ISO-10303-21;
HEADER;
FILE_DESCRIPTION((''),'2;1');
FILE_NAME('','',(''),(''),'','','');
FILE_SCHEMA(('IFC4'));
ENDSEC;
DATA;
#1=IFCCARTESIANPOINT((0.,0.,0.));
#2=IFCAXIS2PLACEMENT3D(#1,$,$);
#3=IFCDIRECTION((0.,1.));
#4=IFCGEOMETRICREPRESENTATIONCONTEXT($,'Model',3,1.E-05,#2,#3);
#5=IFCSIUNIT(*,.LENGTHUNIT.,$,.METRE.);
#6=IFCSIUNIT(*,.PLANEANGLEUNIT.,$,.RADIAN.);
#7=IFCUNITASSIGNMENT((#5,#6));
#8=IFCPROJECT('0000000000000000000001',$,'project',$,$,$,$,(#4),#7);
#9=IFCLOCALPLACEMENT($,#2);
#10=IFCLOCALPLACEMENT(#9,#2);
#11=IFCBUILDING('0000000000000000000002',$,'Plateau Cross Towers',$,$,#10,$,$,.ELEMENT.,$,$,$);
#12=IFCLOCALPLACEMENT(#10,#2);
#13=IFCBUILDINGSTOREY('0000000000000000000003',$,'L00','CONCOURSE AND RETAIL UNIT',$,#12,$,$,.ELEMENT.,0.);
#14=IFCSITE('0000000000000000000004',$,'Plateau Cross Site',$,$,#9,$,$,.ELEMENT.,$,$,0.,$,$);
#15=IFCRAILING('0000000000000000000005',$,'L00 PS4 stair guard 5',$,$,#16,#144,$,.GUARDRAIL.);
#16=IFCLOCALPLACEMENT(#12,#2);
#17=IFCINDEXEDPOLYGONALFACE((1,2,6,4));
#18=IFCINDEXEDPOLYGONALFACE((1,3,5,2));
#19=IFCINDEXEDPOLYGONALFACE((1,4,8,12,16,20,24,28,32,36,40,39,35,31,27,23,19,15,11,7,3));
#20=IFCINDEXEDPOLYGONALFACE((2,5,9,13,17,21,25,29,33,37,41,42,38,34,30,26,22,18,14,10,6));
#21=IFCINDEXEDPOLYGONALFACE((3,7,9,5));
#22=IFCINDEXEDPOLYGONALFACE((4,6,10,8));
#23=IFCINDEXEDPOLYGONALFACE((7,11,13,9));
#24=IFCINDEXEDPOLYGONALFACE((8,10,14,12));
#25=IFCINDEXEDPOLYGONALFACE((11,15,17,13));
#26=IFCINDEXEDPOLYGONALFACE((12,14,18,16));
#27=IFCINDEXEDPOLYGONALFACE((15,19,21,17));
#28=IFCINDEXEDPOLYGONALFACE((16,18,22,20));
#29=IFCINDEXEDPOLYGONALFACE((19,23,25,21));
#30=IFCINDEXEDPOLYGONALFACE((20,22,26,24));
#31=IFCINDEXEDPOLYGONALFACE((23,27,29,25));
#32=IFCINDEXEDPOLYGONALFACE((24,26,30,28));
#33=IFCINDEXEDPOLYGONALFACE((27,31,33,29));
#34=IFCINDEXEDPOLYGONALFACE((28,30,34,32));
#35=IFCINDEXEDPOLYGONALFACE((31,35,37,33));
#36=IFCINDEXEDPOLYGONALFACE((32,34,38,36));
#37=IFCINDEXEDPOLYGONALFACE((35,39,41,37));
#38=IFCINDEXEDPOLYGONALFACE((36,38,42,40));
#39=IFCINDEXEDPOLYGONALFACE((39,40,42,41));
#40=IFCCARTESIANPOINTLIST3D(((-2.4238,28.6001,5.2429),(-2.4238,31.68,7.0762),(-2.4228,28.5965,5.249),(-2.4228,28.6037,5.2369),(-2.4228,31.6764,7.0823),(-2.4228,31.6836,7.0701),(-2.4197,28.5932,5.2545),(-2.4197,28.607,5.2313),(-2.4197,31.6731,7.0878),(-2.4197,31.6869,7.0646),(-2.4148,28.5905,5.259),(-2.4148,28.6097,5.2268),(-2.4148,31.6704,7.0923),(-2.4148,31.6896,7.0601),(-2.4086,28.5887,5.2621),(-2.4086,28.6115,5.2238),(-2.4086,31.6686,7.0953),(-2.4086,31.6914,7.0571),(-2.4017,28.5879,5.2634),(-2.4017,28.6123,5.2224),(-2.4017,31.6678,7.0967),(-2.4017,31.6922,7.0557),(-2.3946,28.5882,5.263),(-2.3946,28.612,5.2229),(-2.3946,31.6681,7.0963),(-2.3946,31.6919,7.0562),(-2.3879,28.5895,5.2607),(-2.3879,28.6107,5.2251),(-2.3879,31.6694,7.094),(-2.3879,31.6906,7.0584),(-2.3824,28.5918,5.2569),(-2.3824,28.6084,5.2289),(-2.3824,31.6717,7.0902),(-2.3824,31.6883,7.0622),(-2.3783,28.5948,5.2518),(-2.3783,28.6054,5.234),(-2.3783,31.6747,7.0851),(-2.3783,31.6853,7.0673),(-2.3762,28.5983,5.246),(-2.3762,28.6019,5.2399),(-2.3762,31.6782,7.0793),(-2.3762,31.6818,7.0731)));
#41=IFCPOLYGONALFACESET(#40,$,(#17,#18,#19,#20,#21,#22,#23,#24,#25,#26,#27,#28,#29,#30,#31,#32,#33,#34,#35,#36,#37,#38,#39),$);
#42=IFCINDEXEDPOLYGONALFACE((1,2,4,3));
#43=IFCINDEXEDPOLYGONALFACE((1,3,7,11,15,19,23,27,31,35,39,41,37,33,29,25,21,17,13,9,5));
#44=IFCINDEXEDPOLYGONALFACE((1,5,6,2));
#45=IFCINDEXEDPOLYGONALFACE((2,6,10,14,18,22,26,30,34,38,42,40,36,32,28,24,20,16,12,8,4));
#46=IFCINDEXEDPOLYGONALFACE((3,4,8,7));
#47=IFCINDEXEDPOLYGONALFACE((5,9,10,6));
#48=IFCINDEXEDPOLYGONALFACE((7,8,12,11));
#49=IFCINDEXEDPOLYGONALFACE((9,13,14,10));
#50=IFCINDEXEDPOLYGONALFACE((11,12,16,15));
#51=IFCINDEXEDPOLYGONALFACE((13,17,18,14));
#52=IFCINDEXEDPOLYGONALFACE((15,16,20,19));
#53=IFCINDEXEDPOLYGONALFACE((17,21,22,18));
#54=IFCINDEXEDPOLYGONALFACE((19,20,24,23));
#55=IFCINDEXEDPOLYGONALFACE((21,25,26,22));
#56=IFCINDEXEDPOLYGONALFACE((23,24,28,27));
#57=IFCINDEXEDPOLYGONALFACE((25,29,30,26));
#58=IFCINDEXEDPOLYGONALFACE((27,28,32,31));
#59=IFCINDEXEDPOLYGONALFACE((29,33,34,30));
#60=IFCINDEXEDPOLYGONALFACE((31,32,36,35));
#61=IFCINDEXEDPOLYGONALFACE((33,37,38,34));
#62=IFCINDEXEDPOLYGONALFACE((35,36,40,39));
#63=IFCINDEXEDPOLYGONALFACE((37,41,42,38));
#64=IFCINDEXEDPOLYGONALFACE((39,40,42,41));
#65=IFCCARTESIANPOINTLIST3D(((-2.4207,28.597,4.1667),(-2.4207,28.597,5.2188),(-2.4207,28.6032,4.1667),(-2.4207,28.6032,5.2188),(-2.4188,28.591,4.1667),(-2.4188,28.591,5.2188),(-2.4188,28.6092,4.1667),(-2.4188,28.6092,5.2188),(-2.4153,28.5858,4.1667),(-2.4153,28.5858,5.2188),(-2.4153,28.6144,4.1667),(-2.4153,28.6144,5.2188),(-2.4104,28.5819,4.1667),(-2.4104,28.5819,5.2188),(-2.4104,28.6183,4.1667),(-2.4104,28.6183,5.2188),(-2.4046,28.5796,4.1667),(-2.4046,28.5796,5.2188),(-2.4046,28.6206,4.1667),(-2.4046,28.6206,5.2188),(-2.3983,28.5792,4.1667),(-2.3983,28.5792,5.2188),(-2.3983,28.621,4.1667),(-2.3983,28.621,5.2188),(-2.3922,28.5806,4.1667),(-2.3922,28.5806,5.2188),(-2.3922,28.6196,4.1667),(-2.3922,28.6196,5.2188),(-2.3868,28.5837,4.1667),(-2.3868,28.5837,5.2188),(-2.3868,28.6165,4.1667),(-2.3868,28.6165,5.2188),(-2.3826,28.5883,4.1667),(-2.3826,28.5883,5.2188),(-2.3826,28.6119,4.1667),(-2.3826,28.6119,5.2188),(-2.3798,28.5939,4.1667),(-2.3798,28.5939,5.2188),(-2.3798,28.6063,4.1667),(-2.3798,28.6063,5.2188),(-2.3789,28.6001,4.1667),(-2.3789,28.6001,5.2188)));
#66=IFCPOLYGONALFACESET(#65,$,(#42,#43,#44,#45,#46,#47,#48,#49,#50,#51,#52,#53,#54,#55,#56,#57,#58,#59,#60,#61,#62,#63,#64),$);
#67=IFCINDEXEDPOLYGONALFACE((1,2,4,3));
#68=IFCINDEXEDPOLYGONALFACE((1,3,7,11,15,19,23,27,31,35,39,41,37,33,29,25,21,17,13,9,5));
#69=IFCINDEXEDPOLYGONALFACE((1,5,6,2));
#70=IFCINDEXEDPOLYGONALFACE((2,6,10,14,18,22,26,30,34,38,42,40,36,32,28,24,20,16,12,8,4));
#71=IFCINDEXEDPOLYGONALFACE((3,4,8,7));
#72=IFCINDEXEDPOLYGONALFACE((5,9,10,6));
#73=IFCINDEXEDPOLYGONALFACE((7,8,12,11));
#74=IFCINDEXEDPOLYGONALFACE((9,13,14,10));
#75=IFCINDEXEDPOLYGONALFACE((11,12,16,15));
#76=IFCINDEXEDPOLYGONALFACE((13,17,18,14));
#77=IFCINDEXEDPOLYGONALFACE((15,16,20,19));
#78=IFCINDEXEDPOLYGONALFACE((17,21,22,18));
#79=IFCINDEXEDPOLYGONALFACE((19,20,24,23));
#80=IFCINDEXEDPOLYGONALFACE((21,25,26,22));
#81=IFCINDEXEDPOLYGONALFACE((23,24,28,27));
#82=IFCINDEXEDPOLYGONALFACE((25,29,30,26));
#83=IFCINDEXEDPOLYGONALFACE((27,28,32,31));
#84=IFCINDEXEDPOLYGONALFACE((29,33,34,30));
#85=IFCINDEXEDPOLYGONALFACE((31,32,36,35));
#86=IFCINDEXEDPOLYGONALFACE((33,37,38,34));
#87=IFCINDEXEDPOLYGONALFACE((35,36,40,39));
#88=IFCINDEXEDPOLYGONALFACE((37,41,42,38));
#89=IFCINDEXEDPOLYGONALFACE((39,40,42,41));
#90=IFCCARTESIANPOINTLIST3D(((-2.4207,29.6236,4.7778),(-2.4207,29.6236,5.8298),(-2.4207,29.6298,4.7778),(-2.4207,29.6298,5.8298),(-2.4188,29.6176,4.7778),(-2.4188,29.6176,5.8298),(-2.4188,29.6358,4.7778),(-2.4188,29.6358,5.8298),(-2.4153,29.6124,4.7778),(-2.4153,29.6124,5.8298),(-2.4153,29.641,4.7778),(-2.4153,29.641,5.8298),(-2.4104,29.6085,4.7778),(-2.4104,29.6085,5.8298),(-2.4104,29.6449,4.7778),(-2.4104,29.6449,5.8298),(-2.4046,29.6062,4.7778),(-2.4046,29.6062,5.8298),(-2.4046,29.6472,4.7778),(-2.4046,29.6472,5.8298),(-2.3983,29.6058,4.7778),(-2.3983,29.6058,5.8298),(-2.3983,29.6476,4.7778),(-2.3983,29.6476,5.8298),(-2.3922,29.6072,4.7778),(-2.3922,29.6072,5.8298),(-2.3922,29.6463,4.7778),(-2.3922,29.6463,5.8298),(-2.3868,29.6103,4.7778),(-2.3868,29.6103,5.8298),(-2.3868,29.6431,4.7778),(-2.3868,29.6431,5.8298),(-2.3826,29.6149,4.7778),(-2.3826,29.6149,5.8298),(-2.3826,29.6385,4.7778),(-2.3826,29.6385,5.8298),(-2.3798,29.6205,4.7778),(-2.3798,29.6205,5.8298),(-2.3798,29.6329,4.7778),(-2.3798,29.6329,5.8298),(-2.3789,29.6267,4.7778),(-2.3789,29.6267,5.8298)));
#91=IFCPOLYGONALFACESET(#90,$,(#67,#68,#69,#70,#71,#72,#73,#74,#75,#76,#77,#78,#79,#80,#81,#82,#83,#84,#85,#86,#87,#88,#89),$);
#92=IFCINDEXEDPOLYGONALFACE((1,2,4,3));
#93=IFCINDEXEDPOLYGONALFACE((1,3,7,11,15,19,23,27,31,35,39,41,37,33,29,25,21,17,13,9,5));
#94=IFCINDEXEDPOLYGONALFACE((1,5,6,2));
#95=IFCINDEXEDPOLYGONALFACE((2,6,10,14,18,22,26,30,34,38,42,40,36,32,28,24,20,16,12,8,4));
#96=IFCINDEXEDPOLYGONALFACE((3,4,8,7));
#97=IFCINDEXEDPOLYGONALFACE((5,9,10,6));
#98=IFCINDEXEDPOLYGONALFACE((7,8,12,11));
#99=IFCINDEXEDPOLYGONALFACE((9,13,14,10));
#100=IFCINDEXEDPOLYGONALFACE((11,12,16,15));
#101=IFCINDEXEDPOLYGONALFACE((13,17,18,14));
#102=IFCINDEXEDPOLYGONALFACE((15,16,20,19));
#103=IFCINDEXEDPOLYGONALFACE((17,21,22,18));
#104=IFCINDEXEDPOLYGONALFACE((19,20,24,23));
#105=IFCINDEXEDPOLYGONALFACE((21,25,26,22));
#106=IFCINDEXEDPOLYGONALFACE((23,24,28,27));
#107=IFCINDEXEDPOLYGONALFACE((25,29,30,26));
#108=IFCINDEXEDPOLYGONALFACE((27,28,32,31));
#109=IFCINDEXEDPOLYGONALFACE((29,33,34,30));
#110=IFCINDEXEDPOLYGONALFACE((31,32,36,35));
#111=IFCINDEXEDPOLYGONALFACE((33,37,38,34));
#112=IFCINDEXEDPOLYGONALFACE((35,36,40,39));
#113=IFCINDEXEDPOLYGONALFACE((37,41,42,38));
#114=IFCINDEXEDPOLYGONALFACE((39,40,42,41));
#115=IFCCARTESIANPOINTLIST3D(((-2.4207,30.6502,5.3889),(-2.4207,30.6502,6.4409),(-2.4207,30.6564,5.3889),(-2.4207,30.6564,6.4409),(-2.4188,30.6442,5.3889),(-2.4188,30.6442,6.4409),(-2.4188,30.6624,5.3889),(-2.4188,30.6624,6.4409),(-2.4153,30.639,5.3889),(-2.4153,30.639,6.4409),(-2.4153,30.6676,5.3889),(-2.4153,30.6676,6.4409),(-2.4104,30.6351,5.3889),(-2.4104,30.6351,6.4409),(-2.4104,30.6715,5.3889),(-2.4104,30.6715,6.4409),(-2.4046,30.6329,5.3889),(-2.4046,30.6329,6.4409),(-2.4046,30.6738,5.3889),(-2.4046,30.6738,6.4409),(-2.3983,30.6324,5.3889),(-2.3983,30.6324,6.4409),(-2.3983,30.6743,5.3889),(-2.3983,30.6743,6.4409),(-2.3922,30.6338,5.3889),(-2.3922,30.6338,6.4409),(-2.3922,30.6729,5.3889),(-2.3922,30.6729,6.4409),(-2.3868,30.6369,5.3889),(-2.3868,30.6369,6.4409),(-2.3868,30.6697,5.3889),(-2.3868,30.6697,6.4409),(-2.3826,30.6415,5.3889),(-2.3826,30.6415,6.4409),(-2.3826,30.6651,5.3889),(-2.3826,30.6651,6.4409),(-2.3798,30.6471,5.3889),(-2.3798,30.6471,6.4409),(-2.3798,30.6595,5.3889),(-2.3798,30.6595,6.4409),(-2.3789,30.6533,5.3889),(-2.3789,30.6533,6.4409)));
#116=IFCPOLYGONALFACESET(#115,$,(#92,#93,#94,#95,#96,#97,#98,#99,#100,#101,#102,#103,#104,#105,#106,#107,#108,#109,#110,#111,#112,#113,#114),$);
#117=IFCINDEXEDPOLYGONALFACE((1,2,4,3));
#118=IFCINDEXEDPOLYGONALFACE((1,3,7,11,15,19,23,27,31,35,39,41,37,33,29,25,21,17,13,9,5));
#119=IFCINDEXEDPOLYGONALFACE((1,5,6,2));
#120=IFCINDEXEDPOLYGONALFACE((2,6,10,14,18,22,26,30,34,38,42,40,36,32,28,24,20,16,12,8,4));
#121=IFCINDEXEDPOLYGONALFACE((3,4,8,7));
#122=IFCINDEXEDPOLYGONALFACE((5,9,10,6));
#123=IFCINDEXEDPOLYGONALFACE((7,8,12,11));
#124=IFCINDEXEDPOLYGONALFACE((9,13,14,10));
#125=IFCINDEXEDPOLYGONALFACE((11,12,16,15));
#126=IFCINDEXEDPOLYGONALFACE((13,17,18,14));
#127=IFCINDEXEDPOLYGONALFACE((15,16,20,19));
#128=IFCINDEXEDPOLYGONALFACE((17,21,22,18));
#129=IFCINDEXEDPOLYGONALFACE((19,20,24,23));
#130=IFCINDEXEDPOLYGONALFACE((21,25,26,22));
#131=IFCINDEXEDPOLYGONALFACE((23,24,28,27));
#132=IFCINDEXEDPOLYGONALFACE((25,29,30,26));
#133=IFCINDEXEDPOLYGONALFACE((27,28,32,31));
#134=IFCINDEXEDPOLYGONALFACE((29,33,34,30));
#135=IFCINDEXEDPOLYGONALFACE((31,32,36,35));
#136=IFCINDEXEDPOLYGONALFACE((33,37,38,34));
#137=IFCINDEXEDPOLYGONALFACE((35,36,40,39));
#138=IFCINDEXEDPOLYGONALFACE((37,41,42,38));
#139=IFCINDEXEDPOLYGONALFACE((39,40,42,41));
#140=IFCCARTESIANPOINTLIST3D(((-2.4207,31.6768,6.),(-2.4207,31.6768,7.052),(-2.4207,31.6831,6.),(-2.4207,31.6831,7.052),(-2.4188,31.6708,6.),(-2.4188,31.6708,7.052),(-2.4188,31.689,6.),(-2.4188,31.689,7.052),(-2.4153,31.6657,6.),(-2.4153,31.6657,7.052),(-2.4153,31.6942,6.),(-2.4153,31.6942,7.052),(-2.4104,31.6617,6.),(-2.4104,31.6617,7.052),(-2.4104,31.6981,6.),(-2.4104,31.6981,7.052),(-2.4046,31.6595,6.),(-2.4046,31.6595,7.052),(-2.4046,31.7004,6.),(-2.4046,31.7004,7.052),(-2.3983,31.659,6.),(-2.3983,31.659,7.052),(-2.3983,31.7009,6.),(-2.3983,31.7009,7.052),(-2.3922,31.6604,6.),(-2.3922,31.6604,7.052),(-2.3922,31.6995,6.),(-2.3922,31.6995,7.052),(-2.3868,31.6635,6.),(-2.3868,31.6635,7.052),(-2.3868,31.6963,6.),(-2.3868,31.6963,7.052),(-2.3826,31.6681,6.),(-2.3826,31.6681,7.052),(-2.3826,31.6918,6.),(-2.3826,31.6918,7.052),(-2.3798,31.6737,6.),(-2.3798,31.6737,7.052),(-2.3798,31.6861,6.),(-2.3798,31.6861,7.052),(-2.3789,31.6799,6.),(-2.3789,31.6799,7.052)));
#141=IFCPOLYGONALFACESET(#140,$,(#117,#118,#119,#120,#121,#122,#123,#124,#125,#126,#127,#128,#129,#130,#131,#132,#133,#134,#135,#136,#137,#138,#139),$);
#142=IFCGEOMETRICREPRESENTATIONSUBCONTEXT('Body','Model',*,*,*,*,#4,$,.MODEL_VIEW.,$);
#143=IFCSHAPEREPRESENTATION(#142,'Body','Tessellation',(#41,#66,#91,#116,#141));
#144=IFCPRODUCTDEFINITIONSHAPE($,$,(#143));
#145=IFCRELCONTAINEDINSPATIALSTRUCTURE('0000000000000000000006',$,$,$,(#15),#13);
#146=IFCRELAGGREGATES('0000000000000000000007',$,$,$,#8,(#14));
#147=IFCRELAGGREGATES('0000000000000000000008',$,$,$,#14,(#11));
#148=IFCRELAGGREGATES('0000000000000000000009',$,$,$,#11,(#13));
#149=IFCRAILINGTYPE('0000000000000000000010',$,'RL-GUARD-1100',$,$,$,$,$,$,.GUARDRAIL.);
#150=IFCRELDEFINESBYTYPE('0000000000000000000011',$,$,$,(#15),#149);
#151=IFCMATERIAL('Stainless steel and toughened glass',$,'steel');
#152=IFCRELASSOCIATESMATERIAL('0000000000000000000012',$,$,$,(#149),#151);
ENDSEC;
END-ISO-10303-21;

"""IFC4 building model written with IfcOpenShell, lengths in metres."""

from ifc_helpers import new_model, si_unit, direction, frame, origin, origin_2d, place, context, subcontext, project, spatial, circle, extrude, material, type_object, element, save


model = new_model("IFC4")

# Units and contexts
model_context = context("Model", 3, precision=1e-05, world=origin(), true_north=direction((0.0, 1.0)))
body_context = subcontext(model_context, "Body", "Model", "MODEL_VIEW")
ifc_project = project(units=[si_unit("LENGTHUNIT", "METRE"), si_unit("PLANEANGLEUNIT", "RADIAN")], contexts=[model_context])

# Site, building, storey
site_placement = place(None, origin())
site = spatial("IfcSite", under=ifc_project, at=site_placement, Name="Plateau Cross Site", CompositionType="ELEMENT", RefElevation=0.0)
building_placement = place(site_placement, origin())
building = spatial("IfcBuilding", under=site, at=building_placement, Name="Plateau Cross Towers", CompositionType="ELEMENT")
storey_placement = place(building_placement, origin())
storey = spatial("IfcBuildingStorey", under=building, at=storey_placement, Name="L00", Description="CONCOURSE AND RETAIL UNIT", CompositionType="ELEMENT", Elevation=0.0)

# Railing
ifc_material_1 = material(Name="Stainless steel and toughened glass", Category="steel")
railing_type_1 = type_object("IfcRailingType", Name="RL-GUARD-1100", PredefinedType="GUARDRAIL", material=ifc_material_1)
railing_1_placement = place(storey_placement, frame((-2.3999, 28.6001, 4.1667)))
element("IfcRailing", 1, at=railing_1_placement, inside=storey, type_object=railing_type_1, Name="L00 PS4 stair guard 5", PredefinedType="GUARDRAIL", context=body_context, shape_type="SweptSolid", body=[
    extrude(circle(Radius=0.0239, at=origin_2d()), frame((0.0, 0.0, 1.0762), z_axis=(0.0, 0.859291, 0.511487), x_axis=(-1.0, 0.0, 0.0)), (0.0, 0.0, 1.0), 3.5842),
    extrude(circle(Radius=0.021, at=origin_2d()), origin(), (0.0, 0.0, 1.0), 1.052),
    extrude(circle(Radius=0.021, at=origin_2d()), frame((0.0, 1.0266, 0.6111)), (0.0, 0.0, 1.0), 1.052),
    extrude(circle(Radius=0.021, at=origin_2d()), frame((0.0, 2.0532, 1.2222)), (0.0, 0.0, 1.0), 1.052),
    extrude(circle(Radius=0.021, at=origin_2d()), frame((0.0, 3.0798, 1.8333)), (0.0, 0.0, 1.0), 1.052),
])

save(model, "model.ifc")
